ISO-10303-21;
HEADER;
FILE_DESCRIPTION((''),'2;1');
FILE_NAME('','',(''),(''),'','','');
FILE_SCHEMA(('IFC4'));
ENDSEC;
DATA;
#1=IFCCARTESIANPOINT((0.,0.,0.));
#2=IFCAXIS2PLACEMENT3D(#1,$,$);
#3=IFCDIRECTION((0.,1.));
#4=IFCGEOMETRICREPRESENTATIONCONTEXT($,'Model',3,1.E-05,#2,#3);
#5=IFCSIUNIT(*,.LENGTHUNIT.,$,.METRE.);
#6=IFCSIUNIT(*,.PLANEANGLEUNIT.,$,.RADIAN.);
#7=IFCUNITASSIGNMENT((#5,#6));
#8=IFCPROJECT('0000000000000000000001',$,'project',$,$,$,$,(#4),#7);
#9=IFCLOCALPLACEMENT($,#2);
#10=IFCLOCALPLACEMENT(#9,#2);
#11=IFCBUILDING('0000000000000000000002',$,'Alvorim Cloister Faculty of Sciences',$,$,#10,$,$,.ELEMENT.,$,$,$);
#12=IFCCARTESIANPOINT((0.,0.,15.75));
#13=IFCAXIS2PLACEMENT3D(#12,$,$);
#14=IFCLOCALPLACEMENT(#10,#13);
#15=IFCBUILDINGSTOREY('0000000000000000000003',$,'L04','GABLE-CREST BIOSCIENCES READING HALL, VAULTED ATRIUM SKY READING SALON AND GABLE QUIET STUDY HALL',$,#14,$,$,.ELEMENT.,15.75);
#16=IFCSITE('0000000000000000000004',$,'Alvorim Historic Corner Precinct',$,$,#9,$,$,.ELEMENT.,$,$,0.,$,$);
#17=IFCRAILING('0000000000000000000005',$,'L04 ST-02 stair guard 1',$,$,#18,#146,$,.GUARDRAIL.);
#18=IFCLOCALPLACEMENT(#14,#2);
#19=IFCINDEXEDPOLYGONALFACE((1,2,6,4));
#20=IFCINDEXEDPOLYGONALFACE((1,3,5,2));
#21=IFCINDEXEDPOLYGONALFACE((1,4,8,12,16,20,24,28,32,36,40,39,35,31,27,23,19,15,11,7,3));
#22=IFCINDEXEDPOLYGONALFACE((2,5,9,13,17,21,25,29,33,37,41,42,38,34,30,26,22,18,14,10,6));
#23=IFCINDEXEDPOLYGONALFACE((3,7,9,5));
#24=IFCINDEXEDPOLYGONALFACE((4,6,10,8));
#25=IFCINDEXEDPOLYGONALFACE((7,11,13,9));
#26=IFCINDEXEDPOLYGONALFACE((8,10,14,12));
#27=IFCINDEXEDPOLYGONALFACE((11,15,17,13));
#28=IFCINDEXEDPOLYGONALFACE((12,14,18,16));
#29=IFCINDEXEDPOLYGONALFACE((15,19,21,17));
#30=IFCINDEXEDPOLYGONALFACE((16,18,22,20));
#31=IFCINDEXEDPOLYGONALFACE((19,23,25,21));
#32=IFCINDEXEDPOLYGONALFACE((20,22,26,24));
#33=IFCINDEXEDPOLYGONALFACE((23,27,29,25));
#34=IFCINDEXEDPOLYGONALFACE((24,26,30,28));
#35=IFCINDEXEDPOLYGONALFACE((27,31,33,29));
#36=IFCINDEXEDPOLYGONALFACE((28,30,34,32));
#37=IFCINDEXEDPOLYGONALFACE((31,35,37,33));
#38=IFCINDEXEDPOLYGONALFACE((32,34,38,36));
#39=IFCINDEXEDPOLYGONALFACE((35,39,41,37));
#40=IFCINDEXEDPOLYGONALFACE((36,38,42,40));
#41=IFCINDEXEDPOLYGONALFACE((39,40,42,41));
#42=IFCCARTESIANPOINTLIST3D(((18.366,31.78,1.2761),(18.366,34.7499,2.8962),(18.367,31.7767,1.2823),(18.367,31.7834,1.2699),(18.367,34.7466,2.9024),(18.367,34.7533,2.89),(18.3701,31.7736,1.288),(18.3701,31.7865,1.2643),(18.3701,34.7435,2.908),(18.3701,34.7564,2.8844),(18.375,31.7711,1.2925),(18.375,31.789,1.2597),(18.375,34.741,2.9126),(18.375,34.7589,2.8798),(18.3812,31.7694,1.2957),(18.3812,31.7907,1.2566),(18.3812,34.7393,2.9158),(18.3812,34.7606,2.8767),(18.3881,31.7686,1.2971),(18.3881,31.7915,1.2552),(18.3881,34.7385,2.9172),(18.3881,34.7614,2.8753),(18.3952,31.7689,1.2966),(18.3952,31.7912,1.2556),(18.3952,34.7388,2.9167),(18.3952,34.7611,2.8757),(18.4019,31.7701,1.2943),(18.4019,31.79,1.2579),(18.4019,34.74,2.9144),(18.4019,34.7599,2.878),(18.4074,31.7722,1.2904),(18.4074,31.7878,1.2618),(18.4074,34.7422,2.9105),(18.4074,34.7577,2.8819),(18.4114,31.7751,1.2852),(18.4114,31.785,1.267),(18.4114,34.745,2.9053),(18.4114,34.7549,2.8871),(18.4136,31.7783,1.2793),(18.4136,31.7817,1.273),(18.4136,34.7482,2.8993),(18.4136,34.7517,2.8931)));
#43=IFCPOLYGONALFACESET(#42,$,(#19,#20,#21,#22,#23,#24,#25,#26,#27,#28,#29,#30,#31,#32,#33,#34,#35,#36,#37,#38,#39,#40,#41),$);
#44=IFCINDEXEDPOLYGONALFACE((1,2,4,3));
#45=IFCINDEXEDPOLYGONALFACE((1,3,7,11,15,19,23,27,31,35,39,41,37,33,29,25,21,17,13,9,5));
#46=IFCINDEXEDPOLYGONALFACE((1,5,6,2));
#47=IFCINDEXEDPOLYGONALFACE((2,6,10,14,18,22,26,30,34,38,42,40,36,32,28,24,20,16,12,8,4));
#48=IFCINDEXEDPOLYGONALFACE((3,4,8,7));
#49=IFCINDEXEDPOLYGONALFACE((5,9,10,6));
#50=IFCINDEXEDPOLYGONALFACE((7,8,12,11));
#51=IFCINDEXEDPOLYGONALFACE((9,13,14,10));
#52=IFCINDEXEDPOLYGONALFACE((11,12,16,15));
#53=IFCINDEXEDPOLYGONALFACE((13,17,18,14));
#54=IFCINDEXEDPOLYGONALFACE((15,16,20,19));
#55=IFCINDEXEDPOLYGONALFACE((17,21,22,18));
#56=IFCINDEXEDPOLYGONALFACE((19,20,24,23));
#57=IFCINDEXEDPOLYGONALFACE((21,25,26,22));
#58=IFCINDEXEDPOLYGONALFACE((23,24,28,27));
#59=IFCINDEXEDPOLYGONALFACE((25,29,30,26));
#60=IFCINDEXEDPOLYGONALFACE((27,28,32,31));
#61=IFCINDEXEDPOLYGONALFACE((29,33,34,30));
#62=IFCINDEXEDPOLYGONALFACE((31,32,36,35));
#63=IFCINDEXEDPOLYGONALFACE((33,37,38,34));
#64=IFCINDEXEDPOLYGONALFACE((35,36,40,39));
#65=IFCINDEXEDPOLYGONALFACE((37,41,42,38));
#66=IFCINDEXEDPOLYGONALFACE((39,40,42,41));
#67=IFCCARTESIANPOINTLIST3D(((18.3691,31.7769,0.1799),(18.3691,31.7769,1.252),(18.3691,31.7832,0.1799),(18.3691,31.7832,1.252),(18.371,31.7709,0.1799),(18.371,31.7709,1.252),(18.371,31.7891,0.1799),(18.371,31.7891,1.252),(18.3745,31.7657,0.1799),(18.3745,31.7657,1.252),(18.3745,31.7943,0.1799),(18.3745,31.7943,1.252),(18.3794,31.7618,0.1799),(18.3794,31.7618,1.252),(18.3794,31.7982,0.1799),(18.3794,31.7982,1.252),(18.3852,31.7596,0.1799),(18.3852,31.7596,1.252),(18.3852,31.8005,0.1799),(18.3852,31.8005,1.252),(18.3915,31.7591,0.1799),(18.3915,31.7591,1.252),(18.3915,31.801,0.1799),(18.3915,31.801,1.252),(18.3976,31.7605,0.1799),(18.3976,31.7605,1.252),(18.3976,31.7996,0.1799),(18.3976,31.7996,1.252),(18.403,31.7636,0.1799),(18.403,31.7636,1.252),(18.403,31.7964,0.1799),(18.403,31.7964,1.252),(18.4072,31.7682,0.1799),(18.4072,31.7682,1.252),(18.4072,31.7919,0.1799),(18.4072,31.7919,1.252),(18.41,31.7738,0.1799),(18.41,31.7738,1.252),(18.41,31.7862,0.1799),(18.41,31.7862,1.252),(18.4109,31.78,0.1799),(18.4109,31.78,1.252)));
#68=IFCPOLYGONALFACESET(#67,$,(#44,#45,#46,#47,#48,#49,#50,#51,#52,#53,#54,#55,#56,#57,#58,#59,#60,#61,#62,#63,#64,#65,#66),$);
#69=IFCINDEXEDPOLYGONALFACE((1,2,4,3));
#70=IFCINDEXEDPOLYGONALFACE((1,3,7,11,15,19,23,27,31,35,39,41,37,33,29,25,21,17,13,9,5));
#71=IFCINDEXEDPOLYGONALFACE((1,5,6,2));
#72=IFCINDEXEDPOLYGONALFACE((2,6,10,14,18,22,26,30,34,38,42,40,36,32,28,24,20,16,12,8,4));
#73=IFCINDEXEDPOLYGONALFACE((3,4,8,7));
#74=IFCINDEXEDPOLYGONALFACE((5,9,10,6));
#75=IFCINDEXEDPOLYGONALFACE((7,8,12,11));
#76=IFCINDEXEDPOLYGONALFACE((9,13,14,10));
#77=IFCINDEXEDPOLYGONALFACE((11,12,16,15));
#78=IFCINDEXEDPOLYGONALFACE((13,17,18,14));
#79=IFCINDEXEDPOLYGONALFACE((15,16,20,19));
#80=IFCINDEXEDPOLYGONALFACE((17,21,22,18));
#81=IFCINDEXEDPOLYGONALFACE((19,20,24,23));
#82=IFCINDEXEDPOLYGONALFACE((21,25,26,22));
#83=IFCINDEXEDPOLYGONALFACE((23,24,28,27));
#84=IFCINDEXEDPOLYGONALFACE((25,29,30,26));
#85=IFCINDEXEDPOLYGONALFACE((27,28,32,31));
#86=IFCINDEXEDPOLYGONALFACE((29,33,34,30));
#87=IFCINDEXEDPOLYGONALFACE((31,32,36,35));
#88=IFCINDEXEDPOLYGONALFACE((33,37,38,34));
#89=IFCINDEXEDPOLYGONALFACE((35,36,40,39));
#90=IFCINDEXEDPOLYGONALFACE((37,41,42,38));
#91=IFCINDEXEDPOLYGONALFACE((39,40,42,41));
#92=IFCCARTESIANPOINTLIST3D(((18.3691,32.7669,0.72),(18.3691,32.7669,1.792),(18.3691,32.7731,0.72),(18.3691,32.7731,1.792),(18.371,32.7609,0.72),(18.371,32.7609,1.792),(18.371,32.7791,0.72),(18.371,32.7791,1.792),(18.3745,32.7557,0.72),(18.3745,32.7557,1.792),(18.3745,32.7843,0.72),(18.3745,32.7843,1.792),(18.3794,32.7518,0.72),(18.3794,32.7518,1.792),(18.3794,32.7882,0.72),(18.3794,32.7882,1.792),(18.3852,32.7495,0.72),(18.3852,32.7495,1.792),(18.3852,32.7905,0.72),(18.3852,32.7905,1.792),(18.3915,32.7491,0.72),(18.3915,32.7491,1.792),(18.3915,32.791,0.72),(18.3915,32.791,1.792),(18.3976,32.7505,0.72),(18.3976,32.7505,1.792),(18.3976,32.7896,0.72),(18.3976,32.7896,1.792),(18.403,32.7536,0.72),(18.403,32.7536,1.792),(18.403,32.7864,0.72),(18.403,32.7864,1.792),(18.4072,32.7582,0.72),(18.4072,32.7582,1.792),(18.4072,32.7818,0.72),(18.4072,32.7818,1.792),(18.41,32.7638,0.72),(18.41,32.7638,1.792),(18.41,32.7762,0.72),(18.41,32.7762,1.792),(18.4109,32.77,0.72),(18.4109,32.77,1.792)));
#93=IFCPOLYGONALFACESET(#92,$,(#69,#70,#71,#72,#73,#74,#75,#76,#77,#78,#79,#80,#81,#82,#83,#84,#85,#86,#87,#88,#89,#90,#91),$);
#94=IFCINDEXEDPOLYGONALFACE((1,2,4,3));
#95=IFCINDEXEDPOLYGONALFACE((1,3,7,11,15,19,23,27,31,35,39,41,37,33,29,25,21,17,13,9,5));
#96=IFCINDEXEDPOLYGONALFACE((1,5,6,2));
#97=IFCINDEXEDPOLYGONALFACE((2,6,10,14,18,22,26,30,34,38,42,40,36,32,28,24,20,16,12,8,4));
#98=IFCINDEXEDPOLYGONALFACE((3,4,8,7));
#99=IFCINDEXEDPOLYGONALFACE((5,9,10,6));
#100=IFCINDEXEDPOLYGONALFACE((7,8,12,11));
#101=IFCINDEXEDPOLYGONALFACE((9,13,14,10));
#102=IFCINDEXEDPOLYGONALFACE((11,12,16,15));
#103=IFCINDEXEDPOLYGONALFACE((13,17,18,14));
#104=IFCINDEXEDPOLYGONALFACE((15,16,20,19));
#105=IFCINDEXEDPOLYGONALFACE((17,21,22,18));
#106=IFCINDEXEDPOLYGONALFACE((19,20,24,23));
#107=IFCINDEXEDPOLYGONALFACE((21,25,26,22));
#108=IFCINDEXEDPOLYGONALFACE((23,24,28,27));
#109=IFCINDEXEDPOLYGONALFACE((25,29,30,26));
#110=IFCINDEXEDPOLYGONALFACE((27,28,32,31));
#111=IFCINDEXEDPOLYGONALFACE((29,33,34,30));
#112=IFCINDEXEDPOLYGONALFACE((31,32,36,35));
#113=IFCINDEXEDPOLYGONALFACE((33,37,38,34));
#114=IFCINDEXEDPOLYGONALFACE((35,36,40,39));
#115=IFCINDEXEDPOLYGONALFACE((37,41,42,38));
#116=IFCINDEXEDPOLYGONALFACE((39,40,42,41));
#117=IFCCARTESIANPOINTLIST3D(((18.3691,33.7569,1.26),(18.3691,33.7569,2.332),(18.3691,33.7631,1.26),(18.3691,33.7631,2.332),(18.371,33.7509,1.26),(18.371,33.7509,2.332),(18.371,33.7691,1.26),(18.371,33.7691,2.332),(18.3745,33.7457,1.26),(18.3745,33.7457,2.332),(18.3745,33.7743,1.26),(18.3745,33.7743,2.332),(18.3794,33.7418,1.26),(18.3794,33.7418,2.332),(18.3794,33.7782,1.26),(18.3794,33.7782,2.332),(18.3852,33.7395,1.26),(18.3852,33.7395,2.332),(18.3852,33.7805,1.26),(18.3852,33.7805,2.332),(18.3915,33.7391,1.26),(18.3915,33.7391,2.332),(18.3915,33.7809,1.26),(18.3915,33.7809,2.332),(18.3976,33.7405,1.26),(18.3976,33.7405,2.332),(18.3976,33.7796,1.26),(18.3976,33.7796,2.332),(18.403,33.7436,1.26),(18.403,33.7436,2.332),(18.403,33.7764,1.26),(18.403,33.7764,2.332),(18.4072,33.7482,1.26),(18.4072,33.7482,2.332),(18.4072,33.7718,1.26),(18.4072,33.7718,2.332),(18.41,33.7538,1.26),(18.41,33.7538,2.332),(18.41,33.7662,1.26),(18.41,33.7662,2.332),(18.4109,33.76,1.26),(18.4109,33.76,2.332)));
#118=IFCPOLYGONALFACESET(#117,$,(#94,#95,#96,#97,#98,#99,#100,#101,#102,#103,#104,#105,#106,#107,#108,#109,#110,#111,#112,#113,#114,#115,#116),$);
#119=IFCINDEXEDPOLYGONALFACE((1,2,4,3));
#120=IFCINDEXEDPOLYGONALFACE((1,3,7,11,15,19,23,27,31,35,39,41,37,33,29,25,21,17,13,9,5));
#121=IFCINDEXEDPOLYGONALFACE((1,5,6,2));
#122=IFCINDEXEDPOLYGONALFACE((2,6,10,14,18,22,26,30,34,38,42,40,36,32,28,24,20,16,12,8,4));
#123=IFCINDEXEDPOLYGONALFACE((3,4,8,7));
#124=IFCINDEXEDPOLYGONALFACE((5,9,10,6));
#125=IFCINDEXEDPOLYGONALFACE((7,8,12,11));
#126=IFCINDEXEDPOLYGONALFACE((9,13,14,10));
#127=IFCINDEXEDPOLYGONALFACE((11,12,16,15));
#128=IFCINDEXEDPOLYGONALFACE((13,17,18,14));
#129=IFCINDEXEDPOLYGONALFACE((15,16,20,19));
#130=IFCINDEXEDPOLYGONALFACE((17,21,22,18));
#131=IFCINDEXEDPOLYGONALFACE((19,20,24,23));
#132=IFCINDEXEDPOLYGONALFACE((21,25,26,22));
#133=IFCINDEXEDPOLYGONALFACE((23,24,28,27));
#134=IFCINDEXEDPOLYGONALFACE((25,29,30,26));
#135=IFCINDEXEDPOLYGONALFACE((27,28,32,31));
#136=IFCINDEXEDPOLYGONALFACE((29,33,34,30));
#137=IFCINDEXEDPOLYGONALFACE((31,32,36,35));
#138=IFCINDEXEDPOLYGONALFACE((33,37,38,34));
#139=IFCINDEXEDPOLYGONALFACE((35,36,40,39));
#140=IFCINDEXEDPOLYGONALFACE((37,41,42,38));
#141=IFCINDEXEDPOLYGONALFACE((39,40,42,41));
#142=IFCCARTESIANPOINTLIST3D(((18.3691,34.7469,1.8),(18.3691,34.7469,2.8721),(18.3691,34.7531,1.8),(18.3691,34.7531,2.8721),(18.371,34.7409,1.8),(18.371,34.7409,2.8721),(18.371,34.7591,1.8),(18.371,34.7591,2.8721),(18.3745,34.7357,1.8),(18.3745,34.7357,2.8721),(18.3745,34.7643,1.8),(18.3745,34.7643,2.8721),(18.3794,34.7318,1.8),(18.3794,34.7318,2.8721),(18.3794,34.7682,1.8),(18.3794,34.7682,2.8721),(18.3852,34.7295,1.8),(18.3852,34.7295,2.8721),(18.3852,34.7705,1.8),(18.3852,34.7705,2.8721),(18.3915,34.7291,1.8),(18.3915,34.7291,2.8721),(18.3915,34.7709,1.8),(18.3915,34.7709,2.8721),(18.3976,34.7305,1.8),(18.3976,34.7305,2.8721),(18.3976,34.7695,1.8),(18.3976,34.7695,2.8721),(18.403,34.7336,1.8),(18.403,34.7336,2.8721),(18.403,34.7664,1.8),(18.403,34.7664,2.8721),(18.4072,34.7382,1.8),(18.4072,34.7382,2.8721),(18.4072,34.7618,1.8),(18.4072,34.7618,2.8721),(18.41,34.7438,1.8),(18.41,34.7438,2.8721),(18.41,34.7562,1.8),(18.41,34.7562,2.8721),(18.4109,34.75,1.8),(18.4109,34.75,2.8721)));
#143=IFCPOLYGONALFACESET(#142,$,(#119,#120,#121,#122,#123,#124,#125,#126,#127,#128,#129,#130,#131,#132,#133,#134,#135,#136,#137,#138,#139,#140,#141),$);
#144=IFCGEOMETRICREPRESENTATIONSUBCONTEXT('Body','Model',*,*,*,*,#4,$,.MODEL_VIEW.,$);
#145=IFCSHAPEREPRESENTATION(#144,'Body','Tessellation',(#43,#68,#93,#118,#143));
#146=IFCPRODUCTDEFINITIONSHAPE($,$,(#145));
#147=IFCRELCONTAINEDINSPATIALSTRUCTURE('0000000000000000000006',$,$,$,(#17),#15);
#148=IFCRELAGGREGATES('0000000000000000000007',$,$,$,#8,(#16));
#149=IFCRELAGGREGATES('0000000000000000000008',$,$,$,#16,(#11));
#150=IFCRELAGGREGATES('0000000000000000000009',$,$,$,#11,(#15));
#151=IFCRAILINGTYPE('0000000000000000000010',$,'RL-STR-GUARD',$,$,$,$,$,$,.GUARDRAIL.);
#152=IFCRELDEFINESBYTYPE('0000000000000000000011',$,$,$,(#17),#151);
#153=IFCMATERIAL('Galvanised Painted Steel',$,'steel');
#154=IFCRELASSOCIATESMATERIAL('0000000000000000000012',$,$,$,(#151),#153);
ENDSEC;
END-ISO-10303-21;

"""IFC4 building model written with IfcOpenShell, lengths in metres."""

from ifc_helpers import new_model, si_unit, direction, frame, origin, origin_2d, place, context, subcontext, project, spatial, circle, extrude, material, type_object, element, save


model = new_model("IFC4")

# Units and contexts
model_context = context("Model", 3, precision=1e-05, world=origin(), true_north=direction((0.0, 1.0)))
body_context = subcontext(model_context, "Body", "Model", "MODEL_VIEW")
ifc_project = project(units=[si_unit("LENGTHUNIT", "METRE"), si_unit("PLANEANGLEUNIT", "RADIAN")], contexts=[model_context])

# Site, building, storey
site_placement = place(None, origin())
site = spatial("IfcSite", under=ifc_project, at=site_placement, Name="Alvorim Historic Corner Precinct", CompositionType="ELEMENT", RefElevation=0.0)
building_placement = place(site_placement, origin())
building = spatial("IfcBuilding", under=site, at=building_placement, Name="Alvorim Cloister Faculty of Sciences", CompositionType="ELEMENT")
storey_placement = place(building_placement, frame((0.0, 0.0, 15.75)))
storey = spatial("IfcBuildingStorey", under=building, at=storey_placement, Name="L04", Description="GABLE-CREST BIOSCIENCES READING HALL, VAULTED ATRIUM SKY READING SALON AND GABLE QUIET STUDY HALL", CompositionType="ELEMENT", Elevation=15.75)

# Railing
ifc_material_1 = material(Name="Galvanised Painted Steel", Category="steel")
railing_type_1 = type_object("IfcRailingType", Name="RL-STR-GUARD", PredefinedType="GUARDRAIL", material=ifc_material_1)
railing_1_placement = place(storey_placement, frame((18.3899, 31.78, 0.1799)))
element("IfcRailing", 1, at=railing_1_placement, inside=storey, type_object=railing_type_1, Name="L04 ST-02 stair guard 1", PredefinedType="GUARDRAIL", context=body_context, shape_type="SweptSolid", body=[
    extrude(circle(Radius=0.0239, at=origin_2d()), frame((0.0, 0.0, 1.0962), z_axis=(0.0, 0.877879, 0.478882), x_axis=(-1.0, 0.0, 0.0)), (0.0, 0.0, 1.0), 3.3831),
    extrude(circle(Radius=0.021, at=origin_2d()), origin(), (0.0, 0.0, 1.0), 1.072),
    extrude(circle(Radius=0.021, at=origin_2d()), frame((0.0, 0.99, 0.54)), (0.0, 0.0, 1.0), 1.072),
    extrude(circle(Radius=0.021, at=origin_2d()), frame((0.0, 1.98, 1.0801)), (0.0, 0.0, 1.0), 1.072),
    extrude(circle(Radius=0.021, at=origin_2d()), frame((0.0, 2.97, 1.6201)), (0.0, 0.0, 1.0), 1.072),
])

save(model, "model.ifc")
